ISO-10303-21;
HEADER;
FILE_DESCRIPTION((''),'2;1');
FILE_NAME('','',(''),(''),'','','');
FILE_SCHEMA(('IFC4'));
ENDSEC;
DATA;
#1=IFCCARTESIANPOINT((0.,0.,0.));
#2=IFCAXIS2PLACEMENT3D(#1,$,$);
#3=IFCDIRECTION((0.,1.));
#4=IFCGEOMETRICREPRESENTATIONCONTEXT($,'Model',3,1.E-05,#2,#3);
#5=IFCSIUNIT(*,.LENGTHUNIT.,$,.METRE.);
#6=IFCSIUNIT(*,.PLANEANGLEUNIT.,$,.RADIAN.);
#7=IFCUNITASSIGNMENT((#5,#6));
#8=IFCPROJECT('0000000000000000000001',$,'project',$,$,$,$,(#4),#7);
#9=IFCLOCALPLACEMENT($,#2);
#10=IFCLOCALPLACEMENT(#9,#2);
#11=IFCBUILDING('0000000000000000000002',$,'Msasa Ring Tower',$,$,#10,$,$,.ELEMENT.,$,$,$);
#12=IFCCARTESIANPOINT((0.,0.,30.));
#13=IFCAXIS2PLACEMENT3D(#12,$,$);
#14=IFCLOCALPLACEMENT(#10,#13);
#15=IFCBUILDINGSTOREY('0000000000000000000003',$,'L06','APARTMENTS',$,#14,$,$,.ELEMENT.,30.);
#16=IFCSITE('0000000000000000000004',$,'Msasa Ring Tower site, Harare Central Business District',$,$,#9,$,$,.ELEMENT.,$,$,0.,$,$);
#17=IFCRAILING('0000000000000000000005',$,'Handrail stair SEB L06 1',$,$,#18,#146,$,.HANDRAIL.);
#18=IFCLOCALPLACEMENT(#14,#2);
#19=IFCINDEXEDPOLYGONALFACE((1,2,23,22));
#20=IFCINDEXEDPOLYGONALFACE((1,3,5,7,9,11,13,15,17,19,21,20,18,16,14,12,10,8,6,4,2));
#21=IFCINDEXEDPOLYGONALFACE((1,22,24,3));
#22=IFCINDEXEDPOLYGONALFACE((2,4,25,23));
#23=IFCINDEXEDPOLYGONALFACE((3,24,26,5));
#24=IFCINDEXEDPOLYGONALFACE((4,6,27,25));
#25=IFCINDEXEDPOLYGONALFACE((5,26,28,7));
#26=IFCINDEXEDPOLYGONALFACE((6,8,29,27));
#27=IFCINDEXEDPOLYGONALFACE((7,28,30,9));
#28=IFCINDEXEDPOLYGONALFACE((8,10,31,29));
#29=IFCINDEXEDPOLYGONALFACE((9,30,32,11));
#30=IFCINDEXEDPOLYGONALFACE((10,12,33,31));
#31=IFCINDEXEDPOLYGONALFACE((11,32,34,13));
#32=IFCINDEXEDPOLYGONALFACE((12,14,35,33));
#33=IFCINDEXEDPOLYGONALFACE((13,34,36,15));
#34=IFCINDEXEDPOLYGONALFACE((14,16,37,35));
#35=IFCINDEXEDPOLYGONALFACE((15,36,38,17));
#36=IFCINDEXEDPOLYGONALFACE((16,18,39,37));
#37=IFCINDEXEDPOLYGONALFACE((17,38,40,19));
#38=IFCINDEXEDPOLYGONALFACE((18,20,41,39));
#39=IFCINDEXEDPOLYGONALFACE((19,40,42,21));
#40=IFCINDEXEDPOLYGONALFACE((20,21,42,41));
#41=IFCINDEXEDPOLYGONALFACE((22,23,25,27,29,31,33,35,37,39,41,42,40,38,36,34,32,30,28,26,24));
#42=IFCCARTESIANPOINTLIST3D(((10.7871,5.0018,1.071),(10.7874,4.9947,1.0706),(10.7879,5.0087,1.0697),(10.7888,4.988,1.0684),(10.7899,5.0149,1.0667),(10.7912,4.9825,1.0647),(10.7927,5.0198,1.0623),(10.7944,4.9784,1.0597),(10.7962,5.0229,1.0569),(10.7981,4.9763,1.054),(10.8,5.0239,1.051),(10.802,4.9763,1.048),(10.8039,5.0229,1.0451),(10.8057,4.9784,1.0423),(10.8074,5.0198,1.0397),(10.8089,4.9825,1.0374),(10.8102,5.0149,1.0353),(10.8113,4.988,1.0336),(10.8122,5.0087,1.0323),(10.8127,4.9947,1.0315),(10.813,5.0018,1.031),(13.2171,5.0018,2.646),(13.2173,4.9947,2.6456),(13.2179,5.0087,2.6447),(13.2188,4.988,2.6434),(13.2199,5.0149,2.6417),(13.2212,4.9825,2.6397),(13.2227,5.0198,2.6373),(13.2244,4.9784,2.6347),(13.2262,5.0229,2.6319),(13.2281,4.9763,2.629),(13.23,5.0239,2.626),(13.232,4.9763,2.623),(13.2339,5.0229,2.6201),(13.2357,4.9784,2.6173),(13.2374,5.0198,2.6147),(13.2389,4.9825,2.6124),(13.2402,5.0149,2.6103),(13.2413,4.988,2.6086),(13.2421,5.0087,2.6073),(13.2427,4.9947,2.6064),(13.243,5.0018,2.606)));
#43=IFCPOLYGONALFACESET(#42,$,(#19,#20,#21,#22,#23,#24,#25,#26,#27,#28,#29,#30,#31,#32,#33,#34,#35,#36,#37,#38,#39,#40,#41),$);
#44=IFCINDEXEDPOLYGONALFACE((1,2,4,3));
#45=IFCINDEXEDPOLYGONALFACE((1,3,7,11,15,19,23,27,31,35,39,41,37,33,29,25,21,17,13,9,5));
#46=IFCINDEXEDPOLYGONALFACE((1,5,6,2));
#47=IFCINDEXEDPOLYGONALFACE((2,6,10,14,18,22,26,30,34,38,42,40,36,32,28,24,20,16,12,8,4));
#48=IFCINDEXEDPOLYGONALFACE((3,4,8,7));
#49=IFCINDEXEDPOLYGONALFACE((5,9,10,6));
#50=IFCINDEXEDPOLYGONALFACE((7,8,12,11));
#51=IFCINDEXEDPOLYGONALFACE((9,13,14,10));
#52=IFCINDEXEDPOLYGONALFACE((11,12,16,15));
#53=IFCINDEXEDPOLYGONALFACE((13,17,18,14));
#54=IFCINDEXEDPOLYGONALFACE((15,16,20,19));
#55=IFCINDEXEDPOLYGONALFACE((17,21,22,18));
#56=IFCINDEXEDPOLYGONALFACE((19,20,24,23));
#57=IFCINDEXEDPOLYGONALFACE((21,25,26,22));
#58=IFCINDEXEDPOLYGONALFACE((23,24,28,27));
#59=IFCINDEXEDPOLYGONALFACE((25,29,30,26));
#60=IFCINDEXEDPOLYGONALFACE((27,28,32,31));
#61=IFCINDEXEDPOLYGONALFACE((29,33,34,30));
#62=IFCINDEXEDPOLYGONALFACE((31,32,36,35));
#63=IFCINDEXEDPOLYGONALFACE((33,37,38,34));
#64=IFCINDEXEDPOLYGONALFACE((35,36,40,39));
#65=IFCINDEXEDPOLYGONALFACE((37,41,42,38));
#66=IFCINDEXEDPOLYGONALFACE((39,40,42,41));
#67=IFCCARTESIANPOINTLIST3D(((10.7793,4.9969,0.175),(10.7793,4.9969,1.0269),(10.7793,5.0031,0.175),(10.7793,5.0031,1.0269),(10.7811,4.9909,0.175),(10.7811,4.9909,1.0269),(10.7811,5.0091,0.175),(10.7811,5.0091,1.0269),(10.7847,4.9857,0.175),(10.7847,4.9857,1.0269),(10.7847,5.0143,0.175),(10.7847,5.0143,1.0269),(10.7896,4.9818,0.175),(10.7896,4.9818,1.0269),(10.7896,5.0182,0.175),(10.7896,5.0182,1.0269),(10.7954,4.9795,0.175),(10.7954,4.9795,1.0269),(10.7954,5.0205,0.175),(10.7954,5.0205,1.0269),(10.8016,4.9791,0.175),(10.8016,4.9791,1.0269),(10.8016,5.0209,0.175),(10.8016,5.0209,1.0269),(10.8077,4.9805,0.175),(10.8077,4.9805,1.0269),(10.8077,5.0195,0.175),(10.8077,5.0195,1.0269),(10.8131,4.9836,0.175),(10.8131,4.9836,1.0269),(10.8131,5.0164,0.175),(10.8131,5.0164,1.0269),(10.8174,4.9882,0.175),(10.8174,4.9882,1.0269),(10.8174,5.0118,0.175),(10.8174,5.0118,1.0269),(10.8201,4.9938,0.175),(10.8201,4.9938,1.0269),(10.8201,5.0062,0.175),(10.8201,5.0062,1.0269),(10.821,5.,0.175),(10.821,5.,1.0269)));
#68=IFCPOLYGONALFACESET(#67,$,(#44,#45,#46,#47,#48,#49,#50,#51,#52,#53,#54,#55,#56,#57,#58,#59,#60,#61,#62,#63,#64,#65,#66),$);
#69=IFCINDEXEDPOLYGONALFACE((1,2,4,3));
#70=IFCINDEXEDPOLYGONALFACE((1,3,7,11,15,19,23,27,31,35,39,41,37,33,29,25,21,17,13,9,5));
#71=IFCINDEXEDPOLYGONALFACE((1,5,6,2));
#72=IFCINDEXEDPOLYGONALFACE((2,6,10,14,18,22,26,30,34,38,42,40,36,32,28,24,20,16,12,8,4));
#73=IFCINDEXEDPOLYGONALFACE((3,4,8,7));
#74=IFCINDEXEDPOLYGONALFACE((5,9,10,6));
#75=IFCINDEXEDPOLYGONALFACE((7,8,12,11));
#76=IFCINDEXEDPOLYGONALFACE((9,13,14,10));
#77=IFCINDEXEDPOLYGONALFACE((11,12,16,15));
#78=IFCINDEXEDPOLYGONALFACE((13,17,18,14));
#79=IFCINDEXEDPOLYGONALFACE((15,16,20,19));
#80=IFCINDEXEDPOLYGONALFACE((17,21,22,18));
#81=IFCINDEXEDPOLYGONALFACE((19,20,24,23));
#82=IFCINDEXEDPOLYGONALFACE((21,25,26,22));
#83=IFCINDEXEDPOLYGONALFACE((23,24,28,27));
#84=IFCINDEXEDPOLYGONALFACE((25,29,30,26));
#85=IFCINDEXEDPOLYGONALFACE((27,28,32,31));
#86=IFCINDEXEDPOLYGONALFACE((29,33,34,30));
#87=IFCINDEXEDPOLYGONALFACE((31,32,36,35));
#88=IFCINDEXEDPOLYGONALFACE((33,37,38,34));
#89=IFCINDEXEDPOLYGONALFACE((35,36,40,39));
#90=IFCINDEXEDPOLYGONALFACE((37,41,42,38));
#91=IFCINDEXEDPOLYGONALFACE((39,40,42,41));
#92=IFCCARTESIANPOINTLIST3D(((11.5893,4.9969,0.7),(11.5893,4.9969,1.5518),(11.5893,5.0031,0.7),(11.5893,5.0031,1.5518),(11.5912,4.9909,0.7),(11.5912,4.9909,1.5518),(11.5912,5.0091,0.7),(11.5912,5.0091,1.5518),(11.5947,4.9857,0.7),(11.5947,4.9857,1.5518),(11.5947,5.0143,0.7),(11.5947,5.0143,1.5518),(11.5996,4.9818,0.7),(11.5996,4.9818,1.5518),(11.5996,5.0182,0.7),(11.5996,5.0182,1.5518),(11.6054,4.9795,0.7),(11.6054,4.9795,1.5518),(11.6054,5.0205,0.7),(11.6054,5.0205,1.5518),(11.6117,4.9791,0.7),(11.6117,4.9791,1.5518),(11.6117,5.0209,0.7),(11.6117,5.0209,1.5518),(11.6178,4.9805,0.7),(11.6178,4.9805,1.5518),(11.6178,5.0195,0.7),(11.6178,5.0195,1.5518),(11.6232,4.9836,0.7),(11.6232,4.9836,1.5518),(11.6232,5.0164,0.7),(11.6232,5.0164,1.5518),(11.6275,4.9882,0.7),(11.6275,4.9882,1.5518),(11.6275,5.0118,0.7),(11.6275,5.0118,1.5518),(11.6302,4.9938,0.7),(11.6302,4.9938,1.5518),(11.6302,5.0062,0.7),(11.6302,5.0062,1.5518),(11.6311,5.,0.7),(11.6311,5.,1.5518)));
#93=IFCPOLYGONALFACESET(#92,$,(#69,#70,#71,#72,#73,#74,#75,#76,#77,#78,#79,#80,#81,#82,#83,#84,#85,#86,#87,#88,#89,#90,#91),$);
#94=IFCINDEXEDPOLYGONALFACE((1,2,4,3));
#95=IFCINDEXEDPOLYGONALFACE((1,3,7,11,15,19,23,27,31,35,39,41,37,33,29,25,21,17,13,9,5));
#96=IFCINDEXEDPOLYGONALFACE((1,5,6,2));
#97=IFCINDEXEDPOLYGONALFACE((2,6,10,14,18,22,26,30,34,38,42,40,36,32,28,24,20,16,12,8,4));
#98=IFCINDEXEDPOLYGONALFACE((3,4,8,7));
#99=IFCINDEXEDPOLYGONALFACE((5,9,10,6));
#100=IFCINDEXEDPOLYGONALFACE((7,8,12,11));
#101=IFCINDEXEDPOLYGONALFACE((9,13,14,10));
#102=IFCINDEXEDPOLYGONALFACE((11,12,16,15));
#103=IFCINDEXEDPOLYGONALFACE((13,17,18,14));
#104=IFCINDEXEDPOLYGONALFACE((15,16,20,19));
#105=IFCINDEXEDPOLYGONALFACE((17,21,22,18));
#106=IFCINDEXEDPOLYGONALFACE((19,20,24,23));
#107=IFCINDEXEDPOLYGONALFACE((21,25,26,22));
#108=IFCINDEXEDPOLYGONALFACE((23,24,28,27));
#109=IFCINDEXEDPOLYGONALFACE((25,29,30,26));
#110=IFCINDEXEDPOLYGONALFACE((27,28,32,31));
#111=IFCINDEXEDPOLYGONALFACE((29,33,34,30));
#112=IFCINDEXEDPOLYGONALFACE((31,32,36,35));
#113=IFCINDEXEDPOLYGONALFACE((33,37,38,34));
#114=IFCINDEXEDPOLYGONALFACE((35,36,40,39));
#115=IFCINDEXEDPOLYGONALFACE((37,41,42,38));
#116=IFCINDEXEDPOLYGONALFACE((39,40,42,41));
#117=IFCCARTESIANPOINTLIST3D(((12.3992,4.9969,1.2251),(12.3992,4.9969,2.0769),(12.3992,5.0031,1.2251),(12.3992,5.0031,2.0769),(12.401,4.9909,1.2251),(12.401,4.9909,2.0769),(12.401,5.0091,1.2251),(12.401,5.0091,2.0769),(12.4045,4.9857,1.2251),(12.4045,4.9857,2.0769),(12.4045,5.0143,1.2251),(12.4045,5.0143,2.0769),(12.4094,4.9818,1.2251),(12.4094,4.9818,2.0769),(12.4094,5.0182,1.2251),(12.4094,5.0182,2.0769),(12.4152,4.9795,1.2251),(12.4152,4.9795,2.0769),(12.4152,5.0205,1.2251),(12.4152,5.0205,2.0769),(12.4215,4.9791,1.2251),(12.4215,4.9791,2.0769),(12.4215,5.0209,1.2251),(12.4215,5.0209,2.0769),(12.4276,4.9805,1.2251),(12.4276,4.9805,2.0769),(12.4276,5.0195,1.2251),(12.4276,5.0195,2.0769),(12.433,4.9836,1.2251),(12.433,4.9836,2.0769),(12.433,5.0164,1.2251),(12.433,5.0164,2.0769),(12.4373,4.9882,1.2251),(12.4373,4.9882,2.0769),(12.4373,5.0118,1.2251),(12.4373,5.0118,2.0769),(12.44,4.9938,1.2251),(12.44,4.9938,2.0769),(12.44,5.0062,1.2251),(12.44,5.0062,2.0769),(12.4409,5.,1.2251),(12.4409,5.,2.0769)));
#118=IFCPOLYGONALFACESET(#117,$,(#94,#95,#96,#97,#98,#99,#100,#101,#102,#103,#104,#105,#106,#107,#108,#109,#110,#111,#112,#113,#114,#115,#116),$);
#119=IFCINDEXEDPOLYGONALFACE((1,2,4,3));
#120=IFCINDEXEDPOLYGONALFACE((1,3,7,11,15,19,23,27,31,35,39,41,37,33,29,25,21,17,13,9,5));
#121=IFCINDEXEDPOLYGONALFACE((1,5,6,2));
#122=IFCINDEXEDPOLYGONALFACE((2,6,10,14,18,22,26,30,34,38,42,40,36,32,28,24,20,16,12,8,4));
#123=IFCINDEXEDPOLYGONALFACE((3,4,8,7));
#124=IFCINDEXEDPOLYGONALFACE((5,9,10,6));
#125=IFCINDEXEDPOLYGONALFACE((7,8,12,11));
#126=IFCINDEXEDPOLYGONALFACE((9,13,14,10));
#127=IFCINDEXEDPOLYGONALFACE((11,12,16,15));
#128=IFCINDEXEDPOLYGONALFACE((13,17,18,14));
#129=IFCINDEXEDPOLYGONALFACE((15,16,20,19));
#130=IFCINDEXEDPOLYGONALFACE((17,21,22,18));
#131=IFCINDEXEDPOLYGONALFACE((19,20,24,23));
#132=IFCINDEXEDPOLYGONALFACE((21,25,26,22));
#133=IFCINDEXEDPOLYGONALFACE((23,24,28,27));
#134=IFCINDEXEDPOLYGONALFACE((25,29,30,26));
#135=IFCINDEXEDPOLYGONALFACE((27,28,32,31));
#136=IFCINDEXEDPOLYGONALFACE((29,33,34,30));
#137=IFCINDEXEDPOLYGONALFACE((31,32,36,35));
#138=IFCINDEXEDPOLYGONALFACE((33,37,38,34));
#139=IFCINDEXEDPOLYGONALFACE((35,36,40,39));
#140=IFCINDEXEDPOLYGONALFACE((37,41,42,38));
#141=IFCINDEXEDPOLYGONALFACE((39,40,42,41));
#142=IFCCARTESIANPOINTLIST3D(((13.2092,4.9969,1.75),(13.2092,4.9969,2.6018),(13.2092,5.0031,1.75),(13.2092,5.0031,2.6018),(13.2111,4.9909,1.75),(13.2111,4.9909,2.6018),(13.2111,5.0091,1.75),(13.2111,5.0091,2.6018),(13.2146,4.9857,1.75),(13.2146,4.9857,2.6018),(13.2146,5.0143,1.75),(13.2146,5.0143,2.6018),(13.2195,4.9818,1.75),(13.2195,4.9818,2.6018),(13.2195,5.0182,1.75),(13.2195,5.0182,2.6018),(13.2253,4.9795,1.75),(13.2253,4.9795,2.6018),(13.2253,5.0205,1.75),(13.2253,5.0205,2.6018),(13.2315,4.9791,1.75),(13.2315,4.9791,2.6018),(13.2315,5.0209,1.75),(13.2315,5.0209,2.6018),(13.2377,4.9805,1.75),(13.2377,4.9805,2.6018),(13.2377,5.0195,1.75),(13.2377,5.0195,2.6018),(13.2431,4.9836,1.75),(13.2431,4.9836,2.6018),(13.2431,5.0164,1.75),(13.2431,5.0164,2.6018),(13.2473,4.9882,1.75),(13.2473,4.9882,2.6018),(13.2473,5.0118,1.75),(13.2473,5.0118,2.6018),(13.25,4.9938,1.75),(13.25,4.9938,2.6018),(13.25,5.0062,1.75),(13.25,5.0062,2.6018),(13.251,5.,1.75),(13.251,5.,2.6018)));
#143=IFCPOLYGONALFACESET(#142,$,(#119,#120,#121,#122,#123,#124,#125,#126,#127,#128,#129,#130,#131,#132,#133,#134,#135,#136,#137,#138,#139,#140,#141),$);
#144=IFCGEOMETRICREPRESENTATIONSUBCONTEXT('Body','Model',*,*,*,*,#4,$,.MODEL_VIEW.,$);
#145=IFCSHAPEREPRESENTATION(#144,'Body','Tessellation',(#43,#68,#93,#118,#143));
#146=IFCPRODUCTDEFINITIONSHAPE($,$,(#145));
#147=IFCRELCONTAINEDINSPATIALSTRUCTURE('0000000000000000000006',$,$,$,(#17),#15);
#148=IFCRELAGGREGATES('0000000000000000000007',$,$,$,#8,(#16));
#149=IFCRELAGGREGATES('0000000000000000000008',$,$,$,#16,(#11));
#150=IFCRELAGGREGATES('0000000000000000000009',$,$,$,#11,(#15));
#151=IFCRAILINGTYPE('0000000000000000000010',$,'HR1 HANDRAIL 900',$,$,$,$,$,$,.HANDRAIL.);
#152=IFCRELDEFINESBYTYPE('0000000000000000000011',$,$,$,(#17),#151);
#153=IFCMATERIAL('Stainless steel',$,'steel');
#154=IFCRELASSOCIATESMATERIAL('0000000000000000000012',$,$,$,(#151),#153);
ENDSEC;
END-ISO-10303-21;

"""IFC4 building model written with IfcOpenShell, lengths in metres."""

from ifc_helpers import new_model, si_unit, direction, frame, origin, origin_2d, place, context, subcontext, project, spatial, circle, extrude, material, type_object, element, save


model = new_model("IFC4")

# Units and contexts
model_context = context("Model", 3, precision=1e-05, world=origin(), true_north=direction((0.0, 1.0)))
body_context = subcontext(model_context, "Body", "Model", "MODEL_VIEW")
ifc_project = project(units=[si_unit("LENGTHUNIT", "METRE"), si_unit("PLANEANGLEUNIT", "RADIAN")], contexts=[model_context])

# Site, building, storey
site_placement = place(None, origin())
site = spatial("IfcSite", under=ifc_project, at=site_placement, Name="Msasa Ring Tower site, Harare Central Business District", CompositionType="ELEMENT", RefElevation=0.0)
building_placement = place(site_placement, origin())
building = spatial("IfcBuilding", under=site, at=building_placement, Name="Msasa Ring Tower", CompositionType="ELEMENT")
storey_placement = place(building_placement, frame((0.0, 0.0, 30.0)))
storey = spatial("IfcBuildingStorey", under=building, at=storey_placement, Name="L06", Description="APARTMENTS", CompositionType="ELEMENT", Elevation=30.0)

# Railing
ifc_material_1 = material(Name="Stainless steel", Category="steel")
railing_type = type_object("IfcRailingType", Name="HR1 HANDRAIL 900", PredefinedType="HANDRAIL", material=ifc_material_1)
for number, where, name in (
    (1, (10.8, 5.0, 0.175), "Handrail stair SEB L06 1"),
):
    element("IfcRailing", number, at=place(storey_placement, frame(where)), inside=storey, type_object=railing_type, Name=name, PredefinedType="HANDRAIL", context=body_context, shape_type="SweptSolid", body=[
        extrude(circle(Radius=0.0239, at=origin_2d()), frame((0.0, 0.0, 0.876), z_axis=(0.839154, 0.0, 0.543894), x_axis=(0.0, 1.0, 0.0)), (0.0, 0.0, 1.0), 2.8958),
        extrude(circle(Radius=0.021, at=origin_2d()), origin(), (0.0, 0.0, 1.0), 0.8518),
        extrude(circle(Radius=0.021, at=origin_2d()), frame((0.8101, 0.0, 0.5249)), (0.0, 0.0, 1.0), 0.8518),
        extrude(circle(Radius=0.021, at=origin_2d()), frame((1.6199, 0.0, 1.05)), (0.0, 0.0, 1.0), 0.8518),
        extrude(circle(Radius=0.021, at=origin_2d()), frame((2.4299, 0.0, 1.575)), (0.0, 0.0, 1.0), 0.8518),
    ])

save(model, "model.ifc")
